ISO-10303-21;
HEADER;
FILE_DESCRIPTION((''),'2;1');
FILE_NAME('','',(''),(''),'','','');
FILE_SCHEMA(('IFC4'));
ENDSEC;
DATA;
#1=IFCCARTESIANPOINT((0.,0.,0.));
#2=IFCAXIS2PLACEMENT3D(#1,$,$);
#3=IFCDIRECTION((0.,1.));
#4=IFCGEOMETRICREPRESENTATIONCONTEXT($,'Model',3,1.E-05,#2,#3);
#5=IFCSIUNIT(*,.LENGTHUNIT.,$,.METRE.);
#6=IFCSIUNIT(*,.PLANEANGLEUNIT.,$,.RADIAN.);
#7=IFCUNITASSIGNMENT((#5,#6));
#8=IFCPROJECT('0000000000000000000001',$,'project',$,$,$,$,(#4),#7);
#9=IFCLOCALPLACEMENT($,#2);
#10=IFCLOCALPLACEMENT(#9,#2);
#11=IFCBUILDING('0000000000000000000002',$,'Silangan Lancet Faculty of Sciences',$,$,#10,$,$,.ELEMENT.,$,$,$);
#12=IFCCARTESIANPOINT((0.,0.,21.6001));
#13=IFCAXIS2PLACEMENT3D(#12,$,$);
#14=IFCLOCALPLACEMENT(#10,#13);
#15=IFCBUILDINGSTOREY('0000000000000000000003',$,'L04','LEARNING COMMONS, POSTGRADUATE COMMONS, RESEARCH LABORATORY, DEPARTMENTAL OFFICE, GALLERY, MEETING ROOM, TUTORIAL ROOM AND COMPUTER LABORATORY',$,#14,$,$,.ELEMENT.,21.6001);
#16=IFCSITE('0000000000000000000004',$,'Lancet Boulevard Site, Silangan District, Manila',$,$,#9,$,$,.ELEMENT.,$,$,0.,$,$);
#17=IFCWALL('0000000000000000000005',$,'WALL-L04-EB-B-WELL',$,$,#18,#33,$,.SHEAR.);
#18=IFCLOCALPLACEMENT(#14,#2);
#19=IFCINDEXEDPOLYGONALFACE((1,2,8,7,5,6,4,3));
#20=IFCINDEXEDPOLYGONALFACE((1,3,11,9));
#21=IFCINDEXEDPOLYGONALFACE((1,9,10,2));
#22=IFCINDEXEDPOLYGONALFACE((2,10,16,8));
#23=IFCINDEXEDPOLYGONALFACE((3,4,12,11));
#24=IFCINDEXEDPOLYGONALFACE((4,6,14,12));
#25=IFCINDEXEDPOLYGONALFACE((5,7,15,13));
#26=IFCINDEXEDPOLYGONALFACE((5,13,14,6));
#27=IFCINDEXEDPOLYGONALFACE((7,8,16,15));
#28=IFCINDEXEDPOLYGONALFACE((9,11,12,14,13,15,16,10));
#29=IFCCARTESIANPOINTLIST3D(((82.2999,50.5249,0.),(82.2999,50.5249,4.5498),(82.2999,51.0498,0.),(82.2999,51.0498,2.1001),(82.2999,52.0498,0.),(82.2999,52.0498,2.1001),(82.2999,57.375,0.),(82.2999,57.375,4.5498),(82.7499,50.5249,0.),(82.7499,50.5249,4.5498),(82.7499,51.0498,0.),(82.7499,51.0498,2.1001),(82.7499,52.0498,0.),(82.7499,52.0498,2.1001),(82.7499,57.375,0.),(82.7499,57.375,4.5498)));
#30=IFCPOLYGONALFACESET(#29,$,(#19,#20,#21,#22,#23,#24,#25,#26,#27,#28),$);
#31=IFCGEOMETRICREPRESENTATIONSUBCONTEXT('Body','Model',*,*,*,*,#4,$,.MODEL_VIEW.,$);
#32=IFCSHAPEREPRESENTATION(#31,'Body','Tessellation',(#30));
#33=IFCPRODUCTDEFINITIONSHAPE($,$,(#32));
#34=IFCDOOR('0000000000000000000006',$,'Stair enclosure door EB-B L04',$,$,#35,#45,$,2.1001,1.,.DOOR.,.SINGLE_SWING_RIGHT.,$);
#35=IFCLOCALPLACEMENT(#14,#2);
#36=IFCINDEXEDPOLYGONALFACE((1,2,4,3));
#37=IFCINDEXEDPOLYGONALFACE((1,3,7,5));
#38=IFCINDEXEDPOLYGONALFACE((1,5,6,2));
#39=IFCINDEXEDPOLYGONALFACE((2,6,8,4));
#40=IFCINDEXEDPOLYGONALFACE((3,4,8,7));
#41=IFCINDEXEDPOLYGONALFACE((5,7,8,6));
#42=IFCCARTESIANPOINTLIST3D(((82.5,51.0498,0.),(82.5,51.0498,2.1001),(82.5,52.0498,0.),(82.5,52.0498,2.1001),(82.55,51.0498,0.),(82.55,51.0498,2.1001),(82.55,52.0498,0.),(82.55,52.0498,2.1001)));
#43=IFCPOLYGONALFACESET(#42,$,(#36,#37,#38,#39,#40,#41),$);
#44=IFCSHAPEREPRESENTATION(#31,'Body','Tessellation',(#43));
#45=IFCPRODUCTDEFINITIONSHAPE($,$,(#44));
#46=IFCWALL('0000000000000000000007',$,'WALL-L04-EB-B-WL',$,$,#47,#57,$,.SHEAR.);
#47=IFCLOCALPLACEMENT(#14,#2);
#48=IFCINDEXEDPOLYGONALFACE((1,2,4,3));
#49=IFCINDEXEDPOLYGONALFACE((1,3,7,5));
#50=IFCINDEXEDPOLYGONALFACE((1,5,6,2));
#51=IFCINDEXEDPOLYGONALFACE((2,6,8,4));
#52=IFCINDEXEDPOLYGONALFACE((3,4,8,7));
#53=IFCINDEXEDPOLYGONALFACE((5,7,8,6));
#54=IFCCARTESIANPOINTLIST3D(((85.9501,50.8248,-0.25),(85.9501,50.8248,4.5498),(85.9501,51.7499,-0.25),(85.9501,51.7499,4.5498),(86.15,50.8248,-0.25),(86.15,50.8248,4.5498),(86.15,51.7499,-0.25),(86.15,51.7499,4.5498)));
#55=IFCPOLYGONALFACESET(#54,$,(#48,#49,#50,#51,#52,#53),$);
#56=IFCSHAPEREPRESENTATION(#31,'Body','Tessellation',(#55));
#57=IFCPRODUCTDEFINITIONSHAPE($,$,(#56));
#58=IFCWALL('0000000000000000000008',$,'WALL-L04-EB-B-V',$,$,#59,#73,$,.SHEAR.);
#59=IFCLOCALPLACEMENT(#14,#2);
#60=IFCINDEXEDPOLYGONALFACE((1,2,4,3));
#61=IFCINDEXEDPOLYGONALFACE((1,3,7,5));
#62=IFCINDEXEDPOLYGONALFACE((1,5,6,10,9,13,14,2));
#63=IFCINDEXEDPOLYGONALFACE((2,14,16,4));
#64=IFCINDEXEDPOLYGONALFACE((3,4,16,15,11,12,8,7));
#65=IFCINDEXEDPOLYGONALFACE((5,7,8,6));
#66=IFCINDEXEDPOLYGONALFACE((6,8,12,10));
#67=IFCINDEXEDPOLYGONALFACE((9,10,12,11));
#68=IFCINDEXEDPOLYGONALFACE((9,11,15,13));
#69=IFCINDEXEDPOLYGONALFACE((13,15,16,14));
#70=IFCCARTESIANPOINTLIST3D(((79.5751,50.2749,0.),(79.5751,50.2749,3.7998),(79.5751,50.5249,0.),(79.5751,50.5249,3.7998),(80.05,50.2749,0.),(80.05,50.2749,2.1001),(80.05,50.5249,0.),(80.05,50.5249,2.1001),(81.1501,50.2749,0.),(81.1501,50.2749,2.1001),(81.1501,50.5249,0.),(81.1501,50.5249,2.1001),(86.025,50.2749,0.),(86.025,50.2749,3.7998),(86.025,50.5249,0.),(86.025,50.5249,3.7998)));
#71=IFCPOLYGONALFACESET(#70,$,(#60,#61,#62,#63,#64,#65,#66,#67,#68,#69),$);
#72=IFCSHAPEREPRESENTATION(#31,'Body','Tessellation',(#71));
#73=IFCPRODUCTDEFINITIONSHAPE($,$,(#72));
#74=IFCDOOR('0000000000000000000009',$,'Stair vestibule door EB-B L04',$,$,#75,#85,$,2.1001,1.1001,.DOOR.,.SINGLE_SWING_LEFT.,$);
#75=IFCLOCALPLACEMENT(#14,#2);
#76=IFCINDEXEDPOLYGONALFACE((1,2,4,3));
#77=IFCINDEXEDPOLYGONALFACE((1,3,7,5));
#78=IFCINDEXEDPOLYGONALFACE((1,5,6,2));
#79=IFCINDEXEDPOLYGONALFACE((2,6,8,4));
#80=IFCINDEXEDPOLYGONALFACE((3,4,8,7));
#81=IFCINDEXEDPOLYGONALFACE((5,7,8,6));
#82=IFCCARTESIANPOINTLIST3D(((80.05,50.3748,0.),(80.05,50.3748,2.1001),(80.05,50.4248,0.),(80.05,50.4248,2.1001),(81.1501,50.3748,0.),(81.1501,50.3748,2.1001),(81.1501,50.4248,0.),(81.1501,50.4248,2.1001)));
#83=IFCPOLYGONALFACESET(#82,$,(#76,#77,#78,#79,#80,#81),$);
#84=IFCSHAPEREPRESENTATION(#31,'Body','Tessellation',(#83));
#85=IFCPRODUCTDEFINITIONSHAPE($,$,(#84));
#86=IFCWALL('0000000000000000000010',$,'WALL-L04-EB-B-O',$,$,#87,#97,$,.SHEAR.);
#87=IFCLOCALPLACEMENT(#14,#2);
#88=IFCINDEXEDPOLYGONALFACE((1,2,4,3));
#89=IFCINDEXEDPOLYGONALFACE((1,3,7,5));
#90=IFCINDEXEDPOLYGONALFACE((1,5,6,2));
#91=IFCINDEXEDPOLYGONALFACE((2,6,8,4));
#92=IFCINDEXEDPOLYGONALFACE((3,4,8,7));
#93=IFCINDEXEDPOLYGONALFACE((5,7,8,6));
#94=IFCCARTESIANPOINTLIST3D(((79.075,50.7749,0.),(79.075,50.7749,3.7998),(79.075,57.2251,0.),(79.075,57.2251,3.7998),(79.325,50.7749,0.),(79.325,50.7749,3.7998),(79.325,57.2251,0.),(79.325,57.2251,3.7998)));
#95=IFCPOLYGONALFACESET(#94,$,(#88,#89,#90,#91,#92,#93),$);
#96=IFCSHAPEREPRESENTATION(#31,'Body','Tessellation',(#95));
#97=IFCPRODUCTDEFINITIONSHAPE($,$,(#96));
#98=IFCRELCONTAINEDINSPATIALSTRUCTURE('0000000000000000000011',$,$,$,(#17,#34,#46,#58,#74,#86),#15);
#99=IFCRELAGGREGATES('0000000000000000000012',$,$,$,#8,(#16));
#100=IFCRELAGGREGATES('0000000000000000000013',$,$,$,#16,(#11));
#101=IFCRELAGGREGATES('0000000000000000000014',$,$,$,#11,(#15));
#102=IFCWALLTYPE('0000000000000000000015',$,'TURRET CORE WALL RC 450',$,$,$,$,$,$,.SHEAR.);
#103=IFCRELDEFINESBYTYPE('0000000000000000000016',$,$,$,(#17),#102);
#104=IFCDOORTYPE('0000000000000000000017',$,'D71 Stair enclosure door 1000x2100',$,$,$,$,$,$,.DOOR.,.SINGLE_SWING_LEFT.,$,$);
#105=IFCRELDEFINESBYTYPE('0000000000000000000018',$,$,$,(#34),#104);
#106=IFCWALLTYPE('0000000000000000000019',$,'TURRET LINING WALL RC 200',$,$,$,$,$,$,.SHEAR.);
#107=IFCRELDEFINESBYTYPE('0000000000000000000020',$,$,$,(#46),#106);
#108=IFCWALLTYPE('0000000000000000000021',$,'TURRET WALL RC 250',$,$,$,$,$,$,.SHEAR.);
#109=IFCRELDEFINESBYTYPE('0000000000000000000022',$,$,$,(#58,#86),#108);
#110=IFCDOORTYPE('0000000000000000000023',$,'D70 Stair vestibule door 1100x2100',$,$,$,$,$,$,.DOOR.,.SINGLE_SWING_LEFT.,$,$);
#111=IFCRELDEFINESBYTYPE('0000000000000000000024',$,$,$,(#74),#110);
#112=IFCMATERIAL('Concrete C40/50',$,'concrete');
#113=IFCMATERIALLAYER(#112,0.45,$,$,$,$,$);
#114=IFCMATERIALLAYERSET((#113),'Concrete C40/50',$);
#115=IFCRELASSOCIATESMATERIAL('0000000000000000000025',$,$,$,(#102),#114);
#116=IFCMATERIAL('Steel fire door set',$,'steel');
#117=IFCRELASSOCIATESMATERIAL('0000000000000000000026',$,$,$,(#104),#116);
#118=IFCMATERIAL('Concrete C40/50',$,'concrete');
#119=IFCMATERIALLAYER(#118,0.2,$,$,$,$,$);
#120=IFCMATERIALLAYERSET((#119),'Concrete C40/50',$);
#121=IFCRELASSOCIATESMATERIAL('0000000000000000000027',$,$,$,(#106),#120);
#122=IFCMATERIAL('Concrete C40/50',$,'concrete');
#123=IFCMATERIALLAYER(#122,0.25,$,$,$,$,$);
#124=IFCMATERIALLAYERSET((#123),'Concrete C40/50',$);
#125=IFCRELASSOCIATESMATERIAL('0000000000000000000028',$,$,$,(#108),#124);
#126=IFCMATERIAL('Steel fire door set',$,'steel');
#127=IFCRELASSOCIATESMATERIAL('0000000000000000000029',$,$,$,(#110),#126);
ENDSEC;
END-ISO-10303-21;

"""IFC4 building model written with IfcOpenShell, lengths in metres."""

from ifc_helpers import new_model, si_unit, direction, frame, frame_2d, origin, place, context, subcontext, project, spatial, rectangle, extrude, material, layer, layer_set, type_object, element, fill, save


model = new_model("IFC4")

# Units and contexts
model_context = context("Model", 3, precision=1e-05, world=origin(), true_north=direction((0.0, 1.0)))
body_context = subcontext(model_context, "Body", "Model", "MODEL_VIEW")
ifc_project = project(units=[si_unit("LENGTHUNIT", "METRE"), si_unit("PLANEANGLEUNIT", "RADIAN")], contexts=[model_context])

# Site, building, storey
site_placement = place(None, origin())
site = spatial("IfcSite", under=ifc_project, at=site_placement, Name="Lancet Boulevard Site, Silangan District, Manila", CompositionType="ELEMENT", RefElevation=0.0)
building_placement = place(site_placement, origin())
building = spatial("IfcBuilding", under=site, at=building_placement, Name="Silangan Lancet Faculty of Sciences", CompositionType="ELEMENT")
storey_placement = place(building_placement, frame((0.0, 0.0, 21.6001)))
storey = spatial("IfcBuildingStorey", under=building, at=storey_placement, Name="L04", Description="LEARNING COMMONS, POSTGRADUATE COMMONS, RESEARCH LABORATORY, DEPARTMENTAL OFFICE, GALLERY, MEETING ROOM, TUTORIAL ROOM AND COMPUTER LABORATORY", CompositionType="ELEMENT", Elevation=21.6001)

# Wall, opening, door
ifc_material_1 = material(Name="Concrete C40/50", Category="concrete")
ifc_layer_1 = layer(ifc_material_1, 0.45)
ifc_layer_set_1 = layer_set([ifc_layer_1], Name="Concrete C40/50")
wall_type_1 = type_object("IfcWallType", Name="TURRET CORE WALL RC 450", PredefinedType="SHEAR", material=ifc_layer_set_1)
wall_1_placement = place(storey_placement, frame((82.5249, 50.5249, 0.0), z_axis=(0.0, 0.0, 1.0), x_axis=(0.0, 1.0, 0.0)))
wall_1 = element("IfcWall", 1, at=wall_1_placement, inside=storey, type_object=wall_type_1, Name="WALL-L04-EB-B-WELL", PredefinedType="SHEAR", context=body_context, shape_type="SweptSolid", body=[
    extrude(rectangle(XDim=6.8501, YDim=0.45, at=frame_2d((3.425, 0.0))), origin(), (0.0, 0.0, 1.0), 4.5498),
])
opening_1_placement = place(wall_1_placement, frame((0.5249, 0.0, 0.0)))
opening_1 = element("IfcOpeningElement", 2, at=opening_1_placement, cuts=wall_1, PredefinedType="OPENING", context=body_context, shape_type="SweptSolid", body=[
    extrude(rectangle(XDim=1.0, YDim=2.1001, at=frame_2d((0.5, 1.05))), frame((0.0, 0.2349, 0.0), z_axis=(0.0, -1.0, 0.0), x_axis=(1.0, 0.0, 0.0)), (0.0, 0.0, 1.0), 0.47),
])
ifc_material_2 = material(Name="Steel fire door set", Category="steel")
door_type_1 = type_object("IfcDoorType", Name="D71 Stair enclosure door 1000x2100", OperationType="SINGLE_SWING_LEFT", PredefinedType="DOOR", material=ifc_material_2)
door_1_placement = place(opening_1_placement, frame((1.0, 0.0, 0.0), z_axis=(0.0, 0.0, 1.0), x_axis=(-1.0, 0.0, 0.0)))
door_1 = element("IfcDoor", 3, at=door_1_placement, inside=storey, type_object=door_type_1, Name="Stair enclosure door EB-B L04", OperationType="SINGLE_SWING_RIGHT", OverallHeight=2.1001, OverallWidth=1.0, PredefinedType="DOOR", context=body_context, shape_type="SweptSolid", body=[
    extrude(rectangle(XDim=1.0, YDim=2.1001, at=frame_2d((0.5, 1.05))), frame((0.0, 0.0251, 0.0), z_axis=(0.0, -1.0, 0.0), x_axis=(1.0, 0.0, 0.0)), (0.0, 0.0, 1.0), 0.05),
])
fill(opening_1, door_1)

# Wall
ifc_material_3 = material(Name="Concrete C40/50", Category="concrete")
ifc_layer_2 = layer(ifc_material_3, 0.2)
ifc_layer_set_2 = layer_set([ifc_layer_2], Name="Concrete C40/50")
wall_type_2 = type_object("IfcWallType", Name="TURRET LINING WALL RC 200", PredefinedType="SHEAR", material=ifc_layer_set_2)
wall_2_placement = place(storey_placement, frame((86.05, 50.825, -0.25), z_axis=(0.0, 0.0, 1.0), x_axis=(0.0, 1.0, 0.0)))
element("IfcWall", 4, at=wall_2_placement, inside=storey, type_object=wall_type_2, Name="WALL-L04-EB-B-WL", PredefinedType="SHEAR", context=body_context, shape_type="SweptSolid", body=[
    extrude(rectangle(XDim=0.925, YDim=0.2, at=frame_2d((0.4624, 0.0))), origin(), (0.0, 0.0, 1.0), 4.7998),
])

# Wall, opening, door
ifc_material_4 = material(Name="Concrete C40/50", Category="concrete")
ifc_layer_3 = layer(ifc_material_4, 0.25)
ifc_layer_set_3 = layer_set([ifc_layer_3], Name="Concrete C40/50")
wall_type_3 = type_object("IfcWallType", Name="TURRET WALL RC 250", PredefinedType="SHEAR", material=ifc_layer_set_3)
wall_3_placement = place(storey_placement, frame((79.575, 50.3999, 0.0), z_axis=(0.0, 0.0, 1.0), x_axis=(1.0, 0.0, 0.0)))
wall_3 = element("IfcWall", 5, at=wall_3_placement, inside=storey, type_object=wall_type_3, Name="WALL-L04-EB-B-V", PredefinedType="SHEAR", context=body_context, shape_type="SweptSolid", body=[
    extrude(rectangle(XDim=6.45, YDim=0.25, at=frame_2d((3.2251, 0.0))), origin(), (0.0, 0.0, 1.0), 3.7998),
])
opening_2_placement = place(wall_3_placement, frame((0.4751, 0.0, 0.0)))
opening_2 = element("IfcOpeningElement", 6, at=opening_2_placement, cuts=wall_3, PredefinedType="OPENING", context=body_context, shape_type="SweptSolid", body=[
    extrude(rectangle(XDim=1.1001, YDim=2.1001, at=frame_2d((0.55, 1.05))), frame((0.0, 0.135, 0.0), z_axis=(0.0, -1.0, 0.0), x_axis=(1.0, 0.0, 0.0)), (0.0, 0.0, 1.0), 0.27),
])
ifc_material_5 = material(Name="Steel fire door set", Category="steel")
door_type_2 = type_object("IfcDoorType", Name="D70 Stair vestibule door 1100x2100", OperationType="SINGLE_SWING_LEFT", PredefinedType="DOOR", material=ifc_material_5)
door_2_placement = place(opening_2_placement, origin())
door_2 = element("IfcDoor", 7, at=door_2_placement, inside=storey, type_object=door_type_2, Name="Stair vestibule door EB-B L04", OperationType="SINGLE_SWING_LEFT", OverallHeight=2.1001, OverallWidth=1.1001, PredefinedType="DOOR", context=body_context, shape_type="SweptSolid", body=[
    extrude(rectangle(XDim=1.1001, YDim=2.1001, at=frame_2d((0.55, 1.05))), frame((0.0, 0.0249, 0.0), z_axis=(0.0, -1.0, 0.0), x_axis=(1.0, 0.0, 0.0)), (0.0, 0.0, 1.0), 0.05),
])
fill(opening_2, door_2)

# Wall
wall_4_placement = place(storey_placement, frame((79.2, 50.7749, 0.0), z_axis=(0.0, 0.0, 1.0), x_axis=(0.0, 1.0, 0.0)))
element("IfcWall", 8, at=wall_4_placement, inside=storey, type_object=wall_type_3, Name="WALL-L04-EB-B-O", PredefinedType="SHEAR", context=body_context, shape_type="SweptSolid", body=[
    extrude(rectangle(XDim=6.4502, YDim=0.25, at=frame_2d((3.2251, 0.0))), origin(), (0.0, 0.0, 1.0), 3.7998),
])

save(model, "model.ifc")
